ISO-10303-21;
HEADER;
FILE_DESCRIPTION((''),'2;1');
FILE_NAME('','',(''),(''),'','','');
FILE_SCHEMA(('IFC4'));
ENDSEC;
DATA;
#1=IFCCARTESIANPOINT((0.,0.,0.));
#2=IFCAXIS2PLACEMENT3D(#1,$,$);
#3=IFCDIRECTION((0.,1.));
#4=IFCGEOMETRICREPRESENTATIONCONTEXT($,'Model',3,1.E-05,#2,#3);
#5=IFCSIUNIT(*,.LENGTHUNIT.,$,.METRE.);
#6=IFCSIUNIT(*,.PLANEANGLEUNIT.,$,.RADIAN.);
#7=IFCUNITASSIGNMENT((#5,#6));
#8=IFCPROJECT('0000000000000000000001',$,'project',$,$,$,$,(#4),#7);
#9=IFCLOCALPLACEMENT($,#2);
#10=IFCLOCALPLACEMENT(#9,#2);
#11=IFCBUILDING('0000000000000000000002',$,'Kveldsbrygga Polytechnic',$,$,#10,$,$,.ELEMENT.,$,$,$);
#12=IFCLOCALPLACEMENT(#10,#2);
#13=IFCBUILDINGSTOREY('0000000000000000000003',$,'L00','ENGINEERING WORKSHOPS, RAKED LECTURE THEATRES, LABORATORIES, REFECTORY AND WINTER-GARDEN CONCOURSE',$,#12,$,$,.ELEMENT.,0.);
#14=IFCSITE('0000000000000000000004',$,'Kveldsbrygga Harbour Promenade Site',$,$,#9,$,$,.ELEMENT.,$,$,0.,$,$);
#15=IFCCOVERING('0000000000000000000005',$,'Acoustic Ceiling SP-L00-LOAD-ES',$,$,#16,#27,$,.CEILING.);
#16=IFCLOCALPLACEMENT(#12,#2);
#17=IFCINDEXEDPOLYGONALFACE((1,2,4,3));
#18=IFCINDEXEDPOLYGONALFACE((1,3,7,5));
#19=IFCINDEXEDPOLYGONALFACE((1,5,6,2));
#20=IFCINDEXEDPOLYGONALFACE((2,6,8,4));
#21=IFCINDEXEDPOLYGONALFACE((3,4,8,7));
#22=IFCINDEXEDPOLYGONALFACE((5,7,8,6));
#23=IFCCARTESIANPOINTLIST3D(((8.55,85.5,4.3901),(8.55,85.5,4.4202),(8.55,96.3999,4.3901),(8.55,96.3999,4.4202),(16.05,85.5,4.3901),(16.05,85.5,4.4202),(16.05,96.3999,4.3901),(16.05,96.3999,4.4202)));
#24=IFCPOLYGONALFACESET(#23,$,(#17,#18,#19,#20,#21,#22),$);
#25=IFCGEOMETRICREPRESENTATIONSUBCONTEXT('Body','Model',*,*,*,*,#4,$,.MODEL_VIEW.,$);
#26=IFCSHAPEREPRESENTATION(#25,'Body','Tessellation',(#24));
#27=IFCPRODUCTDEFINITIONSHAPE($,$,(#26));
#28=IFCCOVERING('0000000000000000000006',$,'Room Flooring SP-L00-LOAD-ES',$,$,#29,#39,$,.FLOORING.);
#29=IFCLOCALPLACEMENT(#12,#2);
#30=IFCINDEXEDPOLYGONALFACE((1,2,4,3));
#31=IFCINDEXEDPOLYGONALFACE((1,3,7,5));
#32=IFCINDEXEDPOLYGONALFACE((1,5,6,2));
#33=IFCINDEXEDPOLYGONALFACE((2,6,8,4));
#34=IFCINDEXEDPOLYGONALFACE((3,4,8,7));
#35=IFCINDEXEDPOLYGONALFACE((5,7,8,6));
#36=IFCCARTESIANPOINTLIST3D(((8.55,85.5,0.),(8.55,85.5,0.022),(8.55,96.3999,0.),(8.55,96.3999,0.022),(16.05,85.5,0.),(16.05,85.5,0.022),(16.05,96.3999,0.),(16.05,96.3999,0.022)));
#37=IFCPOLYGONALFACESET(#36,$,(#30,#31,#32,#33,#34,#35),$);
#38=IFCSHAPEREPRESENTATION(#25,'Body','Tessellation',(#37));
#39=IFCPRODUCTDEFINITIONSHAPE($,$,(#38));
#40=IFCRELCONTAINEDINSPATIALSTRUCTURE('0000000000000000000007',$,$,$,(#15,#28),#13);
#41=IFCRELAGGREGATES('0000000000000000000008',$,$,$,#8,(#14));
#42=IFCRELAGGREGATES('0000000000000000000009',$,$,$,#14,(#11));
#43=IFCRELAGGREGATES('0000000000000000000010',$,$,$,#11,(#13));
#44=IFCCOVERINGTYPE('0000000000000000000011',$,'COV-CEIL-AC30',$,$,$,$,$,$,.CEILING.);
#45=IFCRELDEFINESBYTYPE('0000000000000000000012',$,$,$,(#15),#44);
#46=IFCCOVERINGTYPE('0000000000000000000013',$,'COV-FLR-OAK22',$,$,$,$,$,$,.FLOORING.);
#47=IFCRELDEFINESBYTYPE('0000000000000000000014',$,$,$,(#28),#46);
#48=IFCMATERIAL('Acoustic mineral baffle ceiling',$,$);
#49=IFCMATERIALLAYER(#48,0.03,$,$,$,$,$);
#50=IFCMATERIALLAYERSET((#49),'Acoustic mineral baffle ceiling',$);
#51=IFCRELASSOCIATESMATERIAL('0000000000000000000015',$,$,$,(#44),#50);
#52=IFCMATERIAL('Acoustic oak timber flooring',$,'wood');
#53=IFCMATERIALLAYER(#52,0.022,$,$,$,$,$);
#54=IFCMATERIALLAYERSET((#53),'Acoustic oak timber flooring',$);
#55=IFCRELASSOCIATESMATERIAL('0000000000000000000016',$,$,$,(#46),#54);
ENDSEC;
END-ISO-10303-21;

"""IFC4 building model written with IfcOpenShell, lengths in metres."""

from ifc_helpers import new_model, si_unit, direction, frame, origin, origin_2d, place, context, subcontext, project, spatial, rectangle, extrude, material, layer, layer_set, type_object, element, save


model = new_model("IFC4")

# Units and contexts
model_context = context("Model", 3, precision=1e-05, world=origin(), true_north=direction((0.0, 1.0)))
body_context = subcontext(model_context, "Body", "Model", "MODEL_VIEW")
ifc_project = project(units=[si_unit("LENGTHUNIT", "METRE"), si_unit("PLANEANGLEUNIT", "RADIAN")], contexts=[model_context])

# Site, building, storey
site_placement = place(None, origin())
site = spatial("IfcSite", under=ifc_project, at=site_placement, Name="Kveldsbrygga Harbour Promenade Site", CompositionType="ELEMENT", RefElevation=0.0)
building_placement = place(site_placement, origin())
building = spatial("IfcBuilding", under=site, at=building_placement, Name="Kveldsbrygga Polytechnic", CompositionType="ELEMENT")
storey_placement = place(building_placement, origin())
storey = spatial("IfcBuildingStorey", under=building, at=storey_placement, Name="L00", Description="ENGINEERING WORKSHOPS, RAKED LECTURE THEATRES, LABORATORIES, REFECTORY AND WINTER-GARDEN CONCOURSE", CompositionType="ELEMENT", Elevation=0.0)

# Coverings
ifc_material_1 = material(Name="Acoustic mineral baffle ceiling")
ifc_layer_1 = layer(ifc_material_1, 0.03)
ifc_layer_set_1 = layer_set([ifc_layer_1], Name="Acoustic mineral baffle ceiling")
covering_type_1 = type_object("IfcCoveringType", Name="COV-CEIL-AC30", PredefinedType="CEILING", material=ifc_layer_set_1)
covering_1_placement = place(storey_placement, frame((12.3, 90.95, 4.3901), z_axis=(0.0, 0.0, 1.0), x_axis=(1.0, 0.0, 0.0)))
element("IfcCovering", 1, at=covering_1_placement, inside=storey, type_object=covering_type_1, Name="Acoustic Ceiling SP-L00-LOAD-ES", PredefinedType="CEILING", context=body_context, shape_type="SweptSolid", body=[
    extrude(rectangle(XDim=7.5, YDim=10.8999, at=origin_2d()), origin(), (0.0, 0.0, 1.0), 0.03),
])
ifc_material_2 = material(Name="Acoustic oak timber flooring", Category="wood")
ifc_layer_2 = layer(ifc_material_2, 0.022)
ifc_layer_set_2 = layer_set([ifc_layer_2], Name="Acoustic oak timber flooring")
covering_type_2 = type_object("IfcCoveringType", Name="COV-FLR-OAK22", PredefinedType="FLOORING", material=ifc_layer_set_2)
covering_2_placement = place(storey_placement, frame((12.3, 90.95, 0.0), z_axis=(0.0, 0.0, 1.0), x_axis=(1.0, 0.0, 0.0)))
element("IfcCovering", 2, at=covering_2_placement, inside=storey, type_object=covering_type_2, Name="Room Flooring SP-L00-LOAD-ES", PredefinedType="FLOORING", context=body_context, shape_type="SweptSolid", body=[
    extrude(rectangle(XDim=7.5, YDim=10.8999, at=origin_2d()), origin(), (0.0, 0.0, 1.0), 0.022),
])

save(model, "model.ifc")
